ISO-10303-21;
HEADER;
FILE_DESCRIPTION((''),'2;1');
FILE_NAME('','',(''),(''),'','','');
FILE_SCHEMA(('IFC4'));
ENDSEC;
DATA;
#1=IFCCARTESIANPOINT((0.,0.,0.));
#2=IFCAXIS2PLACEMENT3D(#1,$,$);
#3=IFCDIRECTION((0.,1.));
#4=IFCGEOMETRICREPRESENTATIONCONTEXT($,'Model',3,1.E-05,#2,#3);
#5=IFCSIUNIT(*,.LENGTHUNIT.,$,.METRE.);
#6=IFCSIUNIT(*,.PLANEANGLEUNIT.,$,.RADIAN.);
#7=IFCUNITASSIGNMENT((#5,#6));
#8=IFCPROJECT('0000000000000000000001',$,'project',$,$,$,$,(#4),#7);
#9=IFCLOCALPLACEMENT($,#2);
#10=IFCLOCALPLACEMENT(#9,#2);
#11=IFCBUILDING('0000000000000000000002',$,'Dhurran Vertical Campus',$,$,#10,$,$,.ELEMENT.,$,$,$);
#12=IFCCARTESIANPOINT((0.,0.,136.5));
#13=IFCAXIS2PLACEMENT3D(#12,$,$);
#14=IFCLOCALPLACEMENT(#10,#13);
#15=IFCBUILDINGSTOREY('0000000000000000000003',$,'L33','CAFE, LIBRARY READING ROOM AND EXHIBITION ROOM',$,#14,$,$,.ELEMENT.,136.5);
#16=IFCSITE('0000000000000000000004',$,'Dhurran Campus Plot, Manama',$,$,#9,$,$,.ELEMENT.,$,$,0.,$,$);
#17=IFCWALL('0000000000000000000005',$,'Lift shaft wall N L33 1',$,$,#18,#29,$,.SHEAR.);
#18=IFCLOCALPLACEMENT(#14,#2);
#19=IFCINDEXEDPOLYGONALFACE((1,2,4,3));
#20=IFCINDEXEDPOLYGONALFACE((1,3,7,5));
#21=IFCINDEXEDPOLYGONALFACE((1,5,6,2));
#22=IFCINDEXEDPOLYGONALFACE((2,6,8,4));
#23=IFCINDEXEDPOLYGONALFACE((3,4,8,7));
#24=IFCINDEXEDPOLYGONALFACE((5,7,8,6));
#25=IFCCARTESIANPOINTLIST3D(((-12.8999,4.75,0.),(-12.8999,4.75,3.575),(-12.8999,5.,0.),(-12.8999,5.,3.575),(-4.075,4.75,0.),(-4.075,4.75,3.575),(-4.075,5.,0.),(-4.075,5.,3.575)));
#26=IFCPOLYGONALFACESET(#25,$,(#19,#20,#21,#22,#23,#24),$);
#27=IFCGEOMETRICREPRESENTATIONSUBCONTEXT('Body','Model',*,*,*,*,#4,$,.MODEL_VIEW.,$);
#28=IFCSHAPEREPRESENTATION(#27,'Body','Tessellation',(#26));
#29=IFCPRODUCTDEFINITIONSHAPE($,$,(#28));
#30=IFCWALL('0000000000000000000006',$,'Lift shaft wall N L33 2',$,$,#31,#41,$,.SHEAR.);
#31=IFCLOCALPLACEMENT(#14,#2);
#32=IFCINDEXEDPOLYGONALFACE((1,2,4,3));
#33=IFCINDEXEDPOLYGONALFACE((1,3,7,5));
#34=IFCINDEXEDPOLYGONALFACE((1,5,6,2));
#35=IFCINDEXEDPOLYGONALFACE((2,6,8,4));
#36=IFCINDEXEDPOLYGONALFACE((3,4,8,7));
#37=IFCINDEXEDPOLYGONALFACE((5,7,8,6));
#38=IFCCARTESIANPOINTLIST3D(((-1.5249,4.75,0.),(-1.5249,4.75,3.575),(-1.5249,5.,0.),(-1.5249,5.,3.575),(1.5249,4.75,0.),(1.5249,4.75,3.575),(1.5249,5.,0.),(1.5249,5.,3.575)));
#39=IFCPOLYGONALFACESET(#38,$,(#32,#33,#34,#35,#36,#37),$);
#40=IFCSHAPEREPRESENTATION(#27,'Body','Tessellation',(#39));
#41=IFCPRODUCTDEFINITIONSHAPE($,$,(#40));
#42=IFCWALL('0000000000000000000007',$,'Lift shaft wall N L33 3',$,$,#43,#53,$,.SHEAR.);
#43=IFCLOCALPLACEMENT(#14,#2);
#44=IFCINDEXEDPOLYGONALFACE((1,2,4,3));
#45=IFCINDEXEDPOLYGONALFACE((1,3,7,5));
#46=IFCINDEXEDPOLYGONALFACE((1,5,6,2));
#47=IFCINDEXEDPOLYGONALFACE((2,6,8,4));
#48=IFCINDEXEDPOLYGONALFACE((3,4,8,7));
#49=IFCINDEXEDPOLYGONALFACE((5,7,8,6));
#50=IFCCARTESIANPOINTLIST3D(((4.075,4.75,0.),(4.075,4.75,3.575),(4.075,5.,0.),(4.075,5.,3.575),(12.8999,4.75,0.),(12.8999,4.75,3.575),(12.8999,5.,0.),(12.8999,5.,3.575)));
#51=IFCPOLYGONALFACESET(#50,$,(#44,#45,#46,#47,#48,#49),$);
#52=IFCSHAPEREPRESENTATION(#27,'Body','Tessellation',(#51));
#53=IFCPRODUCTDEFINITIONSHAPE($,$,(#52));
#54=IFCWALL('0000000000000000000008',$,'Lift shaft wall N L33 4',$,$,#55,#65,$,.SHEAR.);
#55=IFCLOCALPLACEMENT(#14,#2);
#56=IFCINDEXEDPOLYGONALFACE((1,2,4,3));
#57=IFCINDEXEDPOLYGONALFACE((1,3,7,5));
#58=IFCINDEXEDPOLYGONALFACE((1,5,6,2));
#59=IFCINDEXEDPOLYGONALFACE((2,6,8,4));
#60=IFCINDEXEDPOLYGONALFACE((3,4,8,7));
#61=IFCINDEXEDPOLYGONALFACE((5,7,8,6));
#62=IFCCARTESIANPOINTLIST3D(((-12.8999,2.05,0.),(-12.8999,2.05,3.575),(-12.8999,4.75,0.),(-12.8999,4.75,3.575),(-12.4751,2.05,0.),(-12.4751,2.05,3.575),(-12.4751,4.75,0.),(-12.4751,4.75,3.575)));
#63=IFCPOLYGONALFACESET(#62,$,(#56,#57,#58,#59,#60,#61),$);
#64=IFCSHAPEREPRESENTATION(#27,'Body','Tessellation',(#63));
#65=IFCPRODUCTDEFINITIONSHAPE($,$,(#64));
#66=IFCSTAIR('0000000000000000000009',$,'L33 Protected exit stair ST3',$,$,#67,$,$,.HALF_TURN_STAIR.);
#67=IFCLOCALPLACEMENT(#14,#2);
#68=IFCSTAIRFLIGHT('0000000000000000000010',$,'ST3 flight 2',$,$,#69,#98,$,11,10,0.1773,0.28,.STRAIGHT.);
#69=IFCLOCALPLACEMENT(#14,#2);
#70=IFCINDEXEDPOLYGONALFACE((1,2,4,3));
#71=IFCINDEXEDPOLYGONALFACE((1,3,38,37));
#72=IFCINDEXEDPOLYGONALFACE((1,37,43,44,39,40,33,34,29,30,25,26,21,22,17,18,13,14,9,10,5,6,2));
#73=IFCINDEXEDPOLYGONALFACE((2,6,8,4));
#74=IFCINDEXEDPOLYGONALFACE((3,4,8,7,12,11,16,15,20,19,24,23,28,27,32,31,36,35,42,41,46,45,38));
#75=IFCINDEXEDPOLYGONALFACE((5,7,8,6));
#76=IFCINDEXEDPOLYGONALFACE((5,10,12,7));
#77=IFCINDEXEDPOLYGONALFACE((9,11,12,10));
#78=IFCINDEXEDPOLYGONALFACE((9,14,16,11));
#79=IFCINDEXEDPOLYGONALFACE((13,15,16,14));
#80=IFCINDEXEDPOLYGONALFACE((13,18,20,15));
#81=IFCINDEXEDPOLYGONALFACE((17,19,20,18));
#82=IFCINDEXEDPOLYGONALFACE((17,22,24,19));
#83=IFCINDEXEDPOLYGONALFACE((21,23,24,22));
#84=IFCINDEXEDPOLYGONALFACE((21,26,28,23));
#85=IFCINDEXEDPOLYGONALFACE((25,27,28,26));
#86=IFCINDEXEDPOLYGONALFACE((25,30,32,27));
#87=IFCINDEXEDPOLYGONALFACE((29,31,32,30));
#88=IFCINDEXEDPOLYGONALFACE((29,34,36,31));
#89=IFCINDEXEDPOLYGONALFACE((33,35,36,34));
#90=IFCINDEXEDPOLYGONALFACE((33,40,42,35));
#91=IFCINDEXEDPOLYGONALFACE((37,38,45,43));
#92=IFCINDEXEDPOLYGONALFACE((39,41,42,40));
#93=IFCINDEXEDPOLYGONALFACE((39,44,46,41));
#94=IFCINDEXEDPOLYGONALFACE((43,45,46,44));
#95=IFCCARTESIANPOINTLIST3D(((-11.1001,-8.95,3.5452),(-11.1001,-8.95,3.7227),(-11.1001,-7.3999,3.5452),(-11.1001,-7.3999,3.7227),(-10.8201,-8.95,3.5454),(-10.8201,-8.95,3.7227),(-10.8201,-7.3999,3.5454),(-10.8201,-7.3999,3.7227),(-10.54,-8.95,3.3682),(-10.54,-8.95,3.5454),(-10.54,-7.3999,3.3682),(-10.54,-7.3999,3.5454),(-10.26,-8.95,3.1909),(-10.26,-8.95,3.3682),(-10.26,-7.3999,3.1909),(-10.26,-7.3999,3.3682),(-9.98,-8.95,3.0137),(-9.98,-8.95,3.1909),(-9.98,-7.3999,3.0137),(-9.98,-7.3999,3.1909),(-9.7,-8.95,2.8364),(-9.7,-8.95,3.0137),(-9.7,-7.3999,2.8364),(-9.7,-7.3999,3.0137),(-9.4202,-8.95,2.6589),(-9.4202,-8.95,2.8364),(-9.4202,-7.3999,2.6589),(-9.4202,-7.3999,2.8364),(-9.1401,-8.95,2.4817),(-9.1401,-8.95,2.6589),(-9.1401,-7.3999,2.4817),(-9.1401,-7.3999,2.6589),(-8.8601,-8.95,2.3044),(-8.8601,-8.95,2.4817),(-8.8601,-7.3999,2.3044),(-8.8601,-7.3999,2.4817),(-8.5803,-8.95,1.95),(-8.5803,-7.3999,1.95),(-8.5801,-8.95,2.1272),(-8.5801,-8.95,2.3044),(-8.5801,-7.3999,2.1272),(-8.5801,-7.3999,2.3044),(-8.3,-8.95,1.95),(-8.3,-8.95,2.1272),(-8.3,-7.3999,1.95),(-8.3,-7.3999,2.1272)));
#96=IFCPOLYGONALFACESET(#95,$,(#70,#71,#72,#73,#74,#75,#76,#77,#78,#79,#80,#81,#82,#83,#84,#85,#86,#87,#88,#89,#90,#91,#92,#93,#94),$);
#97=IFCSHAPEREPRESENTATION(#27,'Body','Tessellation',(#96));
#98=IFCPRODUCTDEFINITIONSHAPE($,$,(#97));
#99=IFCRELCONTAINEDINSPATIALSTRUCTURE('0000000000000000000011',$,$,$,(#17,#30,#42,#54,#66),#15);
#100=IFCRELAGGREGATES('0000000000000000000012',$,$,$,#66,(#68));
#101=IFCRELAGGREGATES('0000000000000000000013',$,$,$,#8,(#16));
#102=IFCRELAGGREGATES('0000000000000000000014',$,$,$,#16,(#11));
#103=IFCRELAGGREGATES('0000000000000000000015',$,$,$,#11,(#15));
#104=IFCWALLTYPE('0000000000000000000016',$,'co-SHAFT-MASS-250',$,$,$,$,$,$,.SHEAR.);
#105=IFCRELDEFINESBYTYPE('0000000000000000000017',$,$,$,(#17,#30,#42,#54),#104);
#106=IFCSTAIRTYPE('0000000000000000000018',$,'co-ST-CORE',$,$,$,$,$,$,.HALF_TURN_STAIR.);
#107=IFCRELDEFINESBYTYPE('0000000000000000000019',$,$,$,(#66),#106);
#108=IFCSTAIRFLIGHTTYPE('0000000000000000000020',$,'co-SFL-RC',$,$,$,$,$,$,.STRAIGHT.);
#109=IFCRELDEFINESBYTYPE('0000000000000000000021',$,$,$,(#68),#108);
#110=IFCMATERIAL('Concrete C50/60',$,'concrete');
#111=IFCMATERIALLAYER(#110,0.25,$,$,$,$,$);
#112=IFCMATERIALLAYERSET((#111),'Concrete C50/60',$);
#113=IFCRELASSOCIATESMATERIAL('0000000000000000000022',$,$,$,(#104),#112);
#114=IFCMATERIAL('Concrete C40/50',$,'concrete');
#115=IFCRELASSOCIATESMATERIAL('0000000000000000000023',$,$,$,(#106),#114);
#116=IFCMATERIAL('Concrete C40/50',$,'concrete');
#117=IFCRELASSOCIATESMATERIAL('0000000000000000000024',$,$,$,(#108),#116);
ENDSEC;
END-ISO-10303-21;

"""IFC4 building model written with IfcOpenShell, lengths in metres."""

from ifc_helpers import new_model, si_unit, direction, frame, origin, place, context, subcontext, project, spatial, polyline, outline, extrude, material, layer, layer_set, type_object, element, aggregate, save


model = new_model("IFC4")

# Units and contexts
model_context = context("Model", 3, precision=1e-05, world=origin(), true_north=direction((0.0, 1.0)))
body_context = subcontext(model_context, "Body", "Model", "MODEL_VIEW")
ifc_project = project(units=[si_unit("LENGTHUNIT", "METRE"), si_unit("PLANEANGLEUNIT", "RADIAN")], contexts=[model_context])

# Site, building, storey
site_placement = place(None, origin())
site = spatial("IfcSite", under=ifc_project, at=site_placement, Name="Dhurran Campus Plot, Manama", CompositionType="ELEMENT", RefElevation=0.0)
building_placement = place(site_placement, origin())
building = spatial("IfcBuilding", under=site, at=building_placement, Name="Dhurran Vertical Campus", CompositionType="ELEMENT")
storey_placement = place(building_placement, frame((0.0, 0.0, 136.5)))
storey = spatial("IfcBuildingStorey", under=building, at=storey_placement, Name="L33", Description="CAFE, LIBRARY READING ROOM AND EXHIBITION ROOM", CompositionType="ELEMENT", Elevation=136.5)

# Walls
ifc_material_1 = material(Name="Concrete C50/60", Category="concrete")
ifc_layer_1 = layer(ifc_material_1, 0.25)
ifc_layer_set_1 = layer_set([ifc_layer_1], Name="Concrete C50/60")
wall_type_1 = type_object("IfcWallType", Name="co-SHAFT-MASS-250", PredefinedType="SHEAR", material=ifc_layer_set_1)
wall_1_placement = place(storey_placement, origin())
element("IfcWall", 1, at=wall_1_placement, inside=storey, type_object=wall_type_1, Name="Lift shaft wall N L33 1", PredefinedType="SHEAR", context=body_context, shape_type="SweptSolid", body=[
    extrude(outline(polyline([(-12.8999, 4.75), (-4.075, 4.75), (-4.075, 5.0), (-12.8999, 5.0), (-12.8999, 4.75)])), origin(), (0.0, 0.0, 1.0), 3.575),
])
wall_2_placement = place(storey_placement, origin())
element("IfcWall", 2, at=wall_2_placement, inside=storey, type_object=wall_type_1, Name="Lift shaft wall N L33 2", PredefinedType="SHEAR", context=body_context, shape_type="SweptSolid", body=[
    extrude(outline(polyline([(-1.5249, 4.75), (1.5249, 4.75), (1.5249, 5.0), (-1.5249, 5.0), (-1.5249, 4.75)])), origin(), (0.0, 0.0, 1.0), 3.575),
])
wall_3_placement = place(storey_placement, origin())
element("IfcWall", 3, at=wall_3_placement, inside=storey, type_object=wall_type_1, Name="Lift shaft wall N L33 3", PredefinedType="SHEAR", context=body_context, shape_type="SweptSolid", body=[
    extrude(outline(polyline([(4.075, 4.75), (12.8999, 4.75), (12.8999, 5.0), (4.075, 5.0), (4.075, 4.75)])), origin(), (0.0, 0.0, 1.0), 3.575),
])
wall_4_placement = place(storey_placement, origin())
element("IfcWall", 4, at=wall_4_placement, inside=storey, type_object=wall_type_1, Name="Lift shaft wall N L33 4", PredefinedType="SHEAR", context=body_context, shape_type="SweptSolid", body=[
    extrude(outline(polyline([(-12.8999, 2.05), (-12.4751, 2.05), (-12.4751, 4.75), (-12.8999, 4.75), (-12.8999, 2.05)])), origin(), (0.0, 0.0, 1.0), 3.575),
])

# Stair, stair flight
ifc_material_2 = material(Name="Concrete C40/50", Category="concrete")
stair_type = type_object("IfcStairType", Name="co-ST-CORE", PredefinedType="HALF_TURN_STAIR", material=ifc_material_2)
stair_placement = place(storey_placement, origin())
stair = element("IfcStair", 5, at=stair_placement, inside=storey, type_object=stair_type, Name="L33 Protected exit stair ST3", PredefinedType="HALF_TURN_STAIR")
ifc_material_3 = material(Name="Concrete C40/50", Category="concrete")
stair_flight_type = type_object("IfcStairFlightType", Name="co-SFL-RC", PredefinedType="STRAIGHT", material=ifc_material_3)
stair_flight_placement = place(storey_placement, frame((-8.3, -8.175, 1.95), z_axis=(0.0, 0.0, 1.0), x_axis=(-1.0, 0.0, 0.0)))
stair_flight = element("IfcStairFlight", 6, at=stair_flight_placement, type_object=stair_flight_type, Name="ST3 flight 2", NumberOfRisers=11, NumberOfTreads=10, PredefinedType="STRAIGHT", RiserHeight=0.1773, TreadLength=0.28, context=body_context, shape_type="SweptSolid", body=[
    extrude(outline(polyline([(0.0, 0.0), (0.0, 0.1772), (0.28, 0.1772), (0.28, 0.3545), (0.5601, 0.3545), (0.5601, 0.5317), (0.8401, 0.5317), (0.8401, 0.709), (1.1201, 0.709), (1.1201, 0.8865), (1.3999, 0.8865), (1.3999, 1.0637), (1.6799, 1.0637), (1.6799, 1.241), (1.96, 1.241), (1.96, 1.4182), (2.24, 1.4182), (2.24, 1.5955), (2.52, 1.5955), (2.52, 1.7727), (2.8, 1.7727), (2.8, 1.95), (2.8, 1.5952), (0.2803, 0.0), (0.0, 0.0)])), frame((0.0, 0.7749, 0.0), z_axis=(0.0, -1.0, 0.0), x_axis=(1.0, 0.0, 0.0)), (0.0, 0.0, 1.0), 1.55),
])
aggregate(stair, [stair_flight])

save(model, "model.ifc")
